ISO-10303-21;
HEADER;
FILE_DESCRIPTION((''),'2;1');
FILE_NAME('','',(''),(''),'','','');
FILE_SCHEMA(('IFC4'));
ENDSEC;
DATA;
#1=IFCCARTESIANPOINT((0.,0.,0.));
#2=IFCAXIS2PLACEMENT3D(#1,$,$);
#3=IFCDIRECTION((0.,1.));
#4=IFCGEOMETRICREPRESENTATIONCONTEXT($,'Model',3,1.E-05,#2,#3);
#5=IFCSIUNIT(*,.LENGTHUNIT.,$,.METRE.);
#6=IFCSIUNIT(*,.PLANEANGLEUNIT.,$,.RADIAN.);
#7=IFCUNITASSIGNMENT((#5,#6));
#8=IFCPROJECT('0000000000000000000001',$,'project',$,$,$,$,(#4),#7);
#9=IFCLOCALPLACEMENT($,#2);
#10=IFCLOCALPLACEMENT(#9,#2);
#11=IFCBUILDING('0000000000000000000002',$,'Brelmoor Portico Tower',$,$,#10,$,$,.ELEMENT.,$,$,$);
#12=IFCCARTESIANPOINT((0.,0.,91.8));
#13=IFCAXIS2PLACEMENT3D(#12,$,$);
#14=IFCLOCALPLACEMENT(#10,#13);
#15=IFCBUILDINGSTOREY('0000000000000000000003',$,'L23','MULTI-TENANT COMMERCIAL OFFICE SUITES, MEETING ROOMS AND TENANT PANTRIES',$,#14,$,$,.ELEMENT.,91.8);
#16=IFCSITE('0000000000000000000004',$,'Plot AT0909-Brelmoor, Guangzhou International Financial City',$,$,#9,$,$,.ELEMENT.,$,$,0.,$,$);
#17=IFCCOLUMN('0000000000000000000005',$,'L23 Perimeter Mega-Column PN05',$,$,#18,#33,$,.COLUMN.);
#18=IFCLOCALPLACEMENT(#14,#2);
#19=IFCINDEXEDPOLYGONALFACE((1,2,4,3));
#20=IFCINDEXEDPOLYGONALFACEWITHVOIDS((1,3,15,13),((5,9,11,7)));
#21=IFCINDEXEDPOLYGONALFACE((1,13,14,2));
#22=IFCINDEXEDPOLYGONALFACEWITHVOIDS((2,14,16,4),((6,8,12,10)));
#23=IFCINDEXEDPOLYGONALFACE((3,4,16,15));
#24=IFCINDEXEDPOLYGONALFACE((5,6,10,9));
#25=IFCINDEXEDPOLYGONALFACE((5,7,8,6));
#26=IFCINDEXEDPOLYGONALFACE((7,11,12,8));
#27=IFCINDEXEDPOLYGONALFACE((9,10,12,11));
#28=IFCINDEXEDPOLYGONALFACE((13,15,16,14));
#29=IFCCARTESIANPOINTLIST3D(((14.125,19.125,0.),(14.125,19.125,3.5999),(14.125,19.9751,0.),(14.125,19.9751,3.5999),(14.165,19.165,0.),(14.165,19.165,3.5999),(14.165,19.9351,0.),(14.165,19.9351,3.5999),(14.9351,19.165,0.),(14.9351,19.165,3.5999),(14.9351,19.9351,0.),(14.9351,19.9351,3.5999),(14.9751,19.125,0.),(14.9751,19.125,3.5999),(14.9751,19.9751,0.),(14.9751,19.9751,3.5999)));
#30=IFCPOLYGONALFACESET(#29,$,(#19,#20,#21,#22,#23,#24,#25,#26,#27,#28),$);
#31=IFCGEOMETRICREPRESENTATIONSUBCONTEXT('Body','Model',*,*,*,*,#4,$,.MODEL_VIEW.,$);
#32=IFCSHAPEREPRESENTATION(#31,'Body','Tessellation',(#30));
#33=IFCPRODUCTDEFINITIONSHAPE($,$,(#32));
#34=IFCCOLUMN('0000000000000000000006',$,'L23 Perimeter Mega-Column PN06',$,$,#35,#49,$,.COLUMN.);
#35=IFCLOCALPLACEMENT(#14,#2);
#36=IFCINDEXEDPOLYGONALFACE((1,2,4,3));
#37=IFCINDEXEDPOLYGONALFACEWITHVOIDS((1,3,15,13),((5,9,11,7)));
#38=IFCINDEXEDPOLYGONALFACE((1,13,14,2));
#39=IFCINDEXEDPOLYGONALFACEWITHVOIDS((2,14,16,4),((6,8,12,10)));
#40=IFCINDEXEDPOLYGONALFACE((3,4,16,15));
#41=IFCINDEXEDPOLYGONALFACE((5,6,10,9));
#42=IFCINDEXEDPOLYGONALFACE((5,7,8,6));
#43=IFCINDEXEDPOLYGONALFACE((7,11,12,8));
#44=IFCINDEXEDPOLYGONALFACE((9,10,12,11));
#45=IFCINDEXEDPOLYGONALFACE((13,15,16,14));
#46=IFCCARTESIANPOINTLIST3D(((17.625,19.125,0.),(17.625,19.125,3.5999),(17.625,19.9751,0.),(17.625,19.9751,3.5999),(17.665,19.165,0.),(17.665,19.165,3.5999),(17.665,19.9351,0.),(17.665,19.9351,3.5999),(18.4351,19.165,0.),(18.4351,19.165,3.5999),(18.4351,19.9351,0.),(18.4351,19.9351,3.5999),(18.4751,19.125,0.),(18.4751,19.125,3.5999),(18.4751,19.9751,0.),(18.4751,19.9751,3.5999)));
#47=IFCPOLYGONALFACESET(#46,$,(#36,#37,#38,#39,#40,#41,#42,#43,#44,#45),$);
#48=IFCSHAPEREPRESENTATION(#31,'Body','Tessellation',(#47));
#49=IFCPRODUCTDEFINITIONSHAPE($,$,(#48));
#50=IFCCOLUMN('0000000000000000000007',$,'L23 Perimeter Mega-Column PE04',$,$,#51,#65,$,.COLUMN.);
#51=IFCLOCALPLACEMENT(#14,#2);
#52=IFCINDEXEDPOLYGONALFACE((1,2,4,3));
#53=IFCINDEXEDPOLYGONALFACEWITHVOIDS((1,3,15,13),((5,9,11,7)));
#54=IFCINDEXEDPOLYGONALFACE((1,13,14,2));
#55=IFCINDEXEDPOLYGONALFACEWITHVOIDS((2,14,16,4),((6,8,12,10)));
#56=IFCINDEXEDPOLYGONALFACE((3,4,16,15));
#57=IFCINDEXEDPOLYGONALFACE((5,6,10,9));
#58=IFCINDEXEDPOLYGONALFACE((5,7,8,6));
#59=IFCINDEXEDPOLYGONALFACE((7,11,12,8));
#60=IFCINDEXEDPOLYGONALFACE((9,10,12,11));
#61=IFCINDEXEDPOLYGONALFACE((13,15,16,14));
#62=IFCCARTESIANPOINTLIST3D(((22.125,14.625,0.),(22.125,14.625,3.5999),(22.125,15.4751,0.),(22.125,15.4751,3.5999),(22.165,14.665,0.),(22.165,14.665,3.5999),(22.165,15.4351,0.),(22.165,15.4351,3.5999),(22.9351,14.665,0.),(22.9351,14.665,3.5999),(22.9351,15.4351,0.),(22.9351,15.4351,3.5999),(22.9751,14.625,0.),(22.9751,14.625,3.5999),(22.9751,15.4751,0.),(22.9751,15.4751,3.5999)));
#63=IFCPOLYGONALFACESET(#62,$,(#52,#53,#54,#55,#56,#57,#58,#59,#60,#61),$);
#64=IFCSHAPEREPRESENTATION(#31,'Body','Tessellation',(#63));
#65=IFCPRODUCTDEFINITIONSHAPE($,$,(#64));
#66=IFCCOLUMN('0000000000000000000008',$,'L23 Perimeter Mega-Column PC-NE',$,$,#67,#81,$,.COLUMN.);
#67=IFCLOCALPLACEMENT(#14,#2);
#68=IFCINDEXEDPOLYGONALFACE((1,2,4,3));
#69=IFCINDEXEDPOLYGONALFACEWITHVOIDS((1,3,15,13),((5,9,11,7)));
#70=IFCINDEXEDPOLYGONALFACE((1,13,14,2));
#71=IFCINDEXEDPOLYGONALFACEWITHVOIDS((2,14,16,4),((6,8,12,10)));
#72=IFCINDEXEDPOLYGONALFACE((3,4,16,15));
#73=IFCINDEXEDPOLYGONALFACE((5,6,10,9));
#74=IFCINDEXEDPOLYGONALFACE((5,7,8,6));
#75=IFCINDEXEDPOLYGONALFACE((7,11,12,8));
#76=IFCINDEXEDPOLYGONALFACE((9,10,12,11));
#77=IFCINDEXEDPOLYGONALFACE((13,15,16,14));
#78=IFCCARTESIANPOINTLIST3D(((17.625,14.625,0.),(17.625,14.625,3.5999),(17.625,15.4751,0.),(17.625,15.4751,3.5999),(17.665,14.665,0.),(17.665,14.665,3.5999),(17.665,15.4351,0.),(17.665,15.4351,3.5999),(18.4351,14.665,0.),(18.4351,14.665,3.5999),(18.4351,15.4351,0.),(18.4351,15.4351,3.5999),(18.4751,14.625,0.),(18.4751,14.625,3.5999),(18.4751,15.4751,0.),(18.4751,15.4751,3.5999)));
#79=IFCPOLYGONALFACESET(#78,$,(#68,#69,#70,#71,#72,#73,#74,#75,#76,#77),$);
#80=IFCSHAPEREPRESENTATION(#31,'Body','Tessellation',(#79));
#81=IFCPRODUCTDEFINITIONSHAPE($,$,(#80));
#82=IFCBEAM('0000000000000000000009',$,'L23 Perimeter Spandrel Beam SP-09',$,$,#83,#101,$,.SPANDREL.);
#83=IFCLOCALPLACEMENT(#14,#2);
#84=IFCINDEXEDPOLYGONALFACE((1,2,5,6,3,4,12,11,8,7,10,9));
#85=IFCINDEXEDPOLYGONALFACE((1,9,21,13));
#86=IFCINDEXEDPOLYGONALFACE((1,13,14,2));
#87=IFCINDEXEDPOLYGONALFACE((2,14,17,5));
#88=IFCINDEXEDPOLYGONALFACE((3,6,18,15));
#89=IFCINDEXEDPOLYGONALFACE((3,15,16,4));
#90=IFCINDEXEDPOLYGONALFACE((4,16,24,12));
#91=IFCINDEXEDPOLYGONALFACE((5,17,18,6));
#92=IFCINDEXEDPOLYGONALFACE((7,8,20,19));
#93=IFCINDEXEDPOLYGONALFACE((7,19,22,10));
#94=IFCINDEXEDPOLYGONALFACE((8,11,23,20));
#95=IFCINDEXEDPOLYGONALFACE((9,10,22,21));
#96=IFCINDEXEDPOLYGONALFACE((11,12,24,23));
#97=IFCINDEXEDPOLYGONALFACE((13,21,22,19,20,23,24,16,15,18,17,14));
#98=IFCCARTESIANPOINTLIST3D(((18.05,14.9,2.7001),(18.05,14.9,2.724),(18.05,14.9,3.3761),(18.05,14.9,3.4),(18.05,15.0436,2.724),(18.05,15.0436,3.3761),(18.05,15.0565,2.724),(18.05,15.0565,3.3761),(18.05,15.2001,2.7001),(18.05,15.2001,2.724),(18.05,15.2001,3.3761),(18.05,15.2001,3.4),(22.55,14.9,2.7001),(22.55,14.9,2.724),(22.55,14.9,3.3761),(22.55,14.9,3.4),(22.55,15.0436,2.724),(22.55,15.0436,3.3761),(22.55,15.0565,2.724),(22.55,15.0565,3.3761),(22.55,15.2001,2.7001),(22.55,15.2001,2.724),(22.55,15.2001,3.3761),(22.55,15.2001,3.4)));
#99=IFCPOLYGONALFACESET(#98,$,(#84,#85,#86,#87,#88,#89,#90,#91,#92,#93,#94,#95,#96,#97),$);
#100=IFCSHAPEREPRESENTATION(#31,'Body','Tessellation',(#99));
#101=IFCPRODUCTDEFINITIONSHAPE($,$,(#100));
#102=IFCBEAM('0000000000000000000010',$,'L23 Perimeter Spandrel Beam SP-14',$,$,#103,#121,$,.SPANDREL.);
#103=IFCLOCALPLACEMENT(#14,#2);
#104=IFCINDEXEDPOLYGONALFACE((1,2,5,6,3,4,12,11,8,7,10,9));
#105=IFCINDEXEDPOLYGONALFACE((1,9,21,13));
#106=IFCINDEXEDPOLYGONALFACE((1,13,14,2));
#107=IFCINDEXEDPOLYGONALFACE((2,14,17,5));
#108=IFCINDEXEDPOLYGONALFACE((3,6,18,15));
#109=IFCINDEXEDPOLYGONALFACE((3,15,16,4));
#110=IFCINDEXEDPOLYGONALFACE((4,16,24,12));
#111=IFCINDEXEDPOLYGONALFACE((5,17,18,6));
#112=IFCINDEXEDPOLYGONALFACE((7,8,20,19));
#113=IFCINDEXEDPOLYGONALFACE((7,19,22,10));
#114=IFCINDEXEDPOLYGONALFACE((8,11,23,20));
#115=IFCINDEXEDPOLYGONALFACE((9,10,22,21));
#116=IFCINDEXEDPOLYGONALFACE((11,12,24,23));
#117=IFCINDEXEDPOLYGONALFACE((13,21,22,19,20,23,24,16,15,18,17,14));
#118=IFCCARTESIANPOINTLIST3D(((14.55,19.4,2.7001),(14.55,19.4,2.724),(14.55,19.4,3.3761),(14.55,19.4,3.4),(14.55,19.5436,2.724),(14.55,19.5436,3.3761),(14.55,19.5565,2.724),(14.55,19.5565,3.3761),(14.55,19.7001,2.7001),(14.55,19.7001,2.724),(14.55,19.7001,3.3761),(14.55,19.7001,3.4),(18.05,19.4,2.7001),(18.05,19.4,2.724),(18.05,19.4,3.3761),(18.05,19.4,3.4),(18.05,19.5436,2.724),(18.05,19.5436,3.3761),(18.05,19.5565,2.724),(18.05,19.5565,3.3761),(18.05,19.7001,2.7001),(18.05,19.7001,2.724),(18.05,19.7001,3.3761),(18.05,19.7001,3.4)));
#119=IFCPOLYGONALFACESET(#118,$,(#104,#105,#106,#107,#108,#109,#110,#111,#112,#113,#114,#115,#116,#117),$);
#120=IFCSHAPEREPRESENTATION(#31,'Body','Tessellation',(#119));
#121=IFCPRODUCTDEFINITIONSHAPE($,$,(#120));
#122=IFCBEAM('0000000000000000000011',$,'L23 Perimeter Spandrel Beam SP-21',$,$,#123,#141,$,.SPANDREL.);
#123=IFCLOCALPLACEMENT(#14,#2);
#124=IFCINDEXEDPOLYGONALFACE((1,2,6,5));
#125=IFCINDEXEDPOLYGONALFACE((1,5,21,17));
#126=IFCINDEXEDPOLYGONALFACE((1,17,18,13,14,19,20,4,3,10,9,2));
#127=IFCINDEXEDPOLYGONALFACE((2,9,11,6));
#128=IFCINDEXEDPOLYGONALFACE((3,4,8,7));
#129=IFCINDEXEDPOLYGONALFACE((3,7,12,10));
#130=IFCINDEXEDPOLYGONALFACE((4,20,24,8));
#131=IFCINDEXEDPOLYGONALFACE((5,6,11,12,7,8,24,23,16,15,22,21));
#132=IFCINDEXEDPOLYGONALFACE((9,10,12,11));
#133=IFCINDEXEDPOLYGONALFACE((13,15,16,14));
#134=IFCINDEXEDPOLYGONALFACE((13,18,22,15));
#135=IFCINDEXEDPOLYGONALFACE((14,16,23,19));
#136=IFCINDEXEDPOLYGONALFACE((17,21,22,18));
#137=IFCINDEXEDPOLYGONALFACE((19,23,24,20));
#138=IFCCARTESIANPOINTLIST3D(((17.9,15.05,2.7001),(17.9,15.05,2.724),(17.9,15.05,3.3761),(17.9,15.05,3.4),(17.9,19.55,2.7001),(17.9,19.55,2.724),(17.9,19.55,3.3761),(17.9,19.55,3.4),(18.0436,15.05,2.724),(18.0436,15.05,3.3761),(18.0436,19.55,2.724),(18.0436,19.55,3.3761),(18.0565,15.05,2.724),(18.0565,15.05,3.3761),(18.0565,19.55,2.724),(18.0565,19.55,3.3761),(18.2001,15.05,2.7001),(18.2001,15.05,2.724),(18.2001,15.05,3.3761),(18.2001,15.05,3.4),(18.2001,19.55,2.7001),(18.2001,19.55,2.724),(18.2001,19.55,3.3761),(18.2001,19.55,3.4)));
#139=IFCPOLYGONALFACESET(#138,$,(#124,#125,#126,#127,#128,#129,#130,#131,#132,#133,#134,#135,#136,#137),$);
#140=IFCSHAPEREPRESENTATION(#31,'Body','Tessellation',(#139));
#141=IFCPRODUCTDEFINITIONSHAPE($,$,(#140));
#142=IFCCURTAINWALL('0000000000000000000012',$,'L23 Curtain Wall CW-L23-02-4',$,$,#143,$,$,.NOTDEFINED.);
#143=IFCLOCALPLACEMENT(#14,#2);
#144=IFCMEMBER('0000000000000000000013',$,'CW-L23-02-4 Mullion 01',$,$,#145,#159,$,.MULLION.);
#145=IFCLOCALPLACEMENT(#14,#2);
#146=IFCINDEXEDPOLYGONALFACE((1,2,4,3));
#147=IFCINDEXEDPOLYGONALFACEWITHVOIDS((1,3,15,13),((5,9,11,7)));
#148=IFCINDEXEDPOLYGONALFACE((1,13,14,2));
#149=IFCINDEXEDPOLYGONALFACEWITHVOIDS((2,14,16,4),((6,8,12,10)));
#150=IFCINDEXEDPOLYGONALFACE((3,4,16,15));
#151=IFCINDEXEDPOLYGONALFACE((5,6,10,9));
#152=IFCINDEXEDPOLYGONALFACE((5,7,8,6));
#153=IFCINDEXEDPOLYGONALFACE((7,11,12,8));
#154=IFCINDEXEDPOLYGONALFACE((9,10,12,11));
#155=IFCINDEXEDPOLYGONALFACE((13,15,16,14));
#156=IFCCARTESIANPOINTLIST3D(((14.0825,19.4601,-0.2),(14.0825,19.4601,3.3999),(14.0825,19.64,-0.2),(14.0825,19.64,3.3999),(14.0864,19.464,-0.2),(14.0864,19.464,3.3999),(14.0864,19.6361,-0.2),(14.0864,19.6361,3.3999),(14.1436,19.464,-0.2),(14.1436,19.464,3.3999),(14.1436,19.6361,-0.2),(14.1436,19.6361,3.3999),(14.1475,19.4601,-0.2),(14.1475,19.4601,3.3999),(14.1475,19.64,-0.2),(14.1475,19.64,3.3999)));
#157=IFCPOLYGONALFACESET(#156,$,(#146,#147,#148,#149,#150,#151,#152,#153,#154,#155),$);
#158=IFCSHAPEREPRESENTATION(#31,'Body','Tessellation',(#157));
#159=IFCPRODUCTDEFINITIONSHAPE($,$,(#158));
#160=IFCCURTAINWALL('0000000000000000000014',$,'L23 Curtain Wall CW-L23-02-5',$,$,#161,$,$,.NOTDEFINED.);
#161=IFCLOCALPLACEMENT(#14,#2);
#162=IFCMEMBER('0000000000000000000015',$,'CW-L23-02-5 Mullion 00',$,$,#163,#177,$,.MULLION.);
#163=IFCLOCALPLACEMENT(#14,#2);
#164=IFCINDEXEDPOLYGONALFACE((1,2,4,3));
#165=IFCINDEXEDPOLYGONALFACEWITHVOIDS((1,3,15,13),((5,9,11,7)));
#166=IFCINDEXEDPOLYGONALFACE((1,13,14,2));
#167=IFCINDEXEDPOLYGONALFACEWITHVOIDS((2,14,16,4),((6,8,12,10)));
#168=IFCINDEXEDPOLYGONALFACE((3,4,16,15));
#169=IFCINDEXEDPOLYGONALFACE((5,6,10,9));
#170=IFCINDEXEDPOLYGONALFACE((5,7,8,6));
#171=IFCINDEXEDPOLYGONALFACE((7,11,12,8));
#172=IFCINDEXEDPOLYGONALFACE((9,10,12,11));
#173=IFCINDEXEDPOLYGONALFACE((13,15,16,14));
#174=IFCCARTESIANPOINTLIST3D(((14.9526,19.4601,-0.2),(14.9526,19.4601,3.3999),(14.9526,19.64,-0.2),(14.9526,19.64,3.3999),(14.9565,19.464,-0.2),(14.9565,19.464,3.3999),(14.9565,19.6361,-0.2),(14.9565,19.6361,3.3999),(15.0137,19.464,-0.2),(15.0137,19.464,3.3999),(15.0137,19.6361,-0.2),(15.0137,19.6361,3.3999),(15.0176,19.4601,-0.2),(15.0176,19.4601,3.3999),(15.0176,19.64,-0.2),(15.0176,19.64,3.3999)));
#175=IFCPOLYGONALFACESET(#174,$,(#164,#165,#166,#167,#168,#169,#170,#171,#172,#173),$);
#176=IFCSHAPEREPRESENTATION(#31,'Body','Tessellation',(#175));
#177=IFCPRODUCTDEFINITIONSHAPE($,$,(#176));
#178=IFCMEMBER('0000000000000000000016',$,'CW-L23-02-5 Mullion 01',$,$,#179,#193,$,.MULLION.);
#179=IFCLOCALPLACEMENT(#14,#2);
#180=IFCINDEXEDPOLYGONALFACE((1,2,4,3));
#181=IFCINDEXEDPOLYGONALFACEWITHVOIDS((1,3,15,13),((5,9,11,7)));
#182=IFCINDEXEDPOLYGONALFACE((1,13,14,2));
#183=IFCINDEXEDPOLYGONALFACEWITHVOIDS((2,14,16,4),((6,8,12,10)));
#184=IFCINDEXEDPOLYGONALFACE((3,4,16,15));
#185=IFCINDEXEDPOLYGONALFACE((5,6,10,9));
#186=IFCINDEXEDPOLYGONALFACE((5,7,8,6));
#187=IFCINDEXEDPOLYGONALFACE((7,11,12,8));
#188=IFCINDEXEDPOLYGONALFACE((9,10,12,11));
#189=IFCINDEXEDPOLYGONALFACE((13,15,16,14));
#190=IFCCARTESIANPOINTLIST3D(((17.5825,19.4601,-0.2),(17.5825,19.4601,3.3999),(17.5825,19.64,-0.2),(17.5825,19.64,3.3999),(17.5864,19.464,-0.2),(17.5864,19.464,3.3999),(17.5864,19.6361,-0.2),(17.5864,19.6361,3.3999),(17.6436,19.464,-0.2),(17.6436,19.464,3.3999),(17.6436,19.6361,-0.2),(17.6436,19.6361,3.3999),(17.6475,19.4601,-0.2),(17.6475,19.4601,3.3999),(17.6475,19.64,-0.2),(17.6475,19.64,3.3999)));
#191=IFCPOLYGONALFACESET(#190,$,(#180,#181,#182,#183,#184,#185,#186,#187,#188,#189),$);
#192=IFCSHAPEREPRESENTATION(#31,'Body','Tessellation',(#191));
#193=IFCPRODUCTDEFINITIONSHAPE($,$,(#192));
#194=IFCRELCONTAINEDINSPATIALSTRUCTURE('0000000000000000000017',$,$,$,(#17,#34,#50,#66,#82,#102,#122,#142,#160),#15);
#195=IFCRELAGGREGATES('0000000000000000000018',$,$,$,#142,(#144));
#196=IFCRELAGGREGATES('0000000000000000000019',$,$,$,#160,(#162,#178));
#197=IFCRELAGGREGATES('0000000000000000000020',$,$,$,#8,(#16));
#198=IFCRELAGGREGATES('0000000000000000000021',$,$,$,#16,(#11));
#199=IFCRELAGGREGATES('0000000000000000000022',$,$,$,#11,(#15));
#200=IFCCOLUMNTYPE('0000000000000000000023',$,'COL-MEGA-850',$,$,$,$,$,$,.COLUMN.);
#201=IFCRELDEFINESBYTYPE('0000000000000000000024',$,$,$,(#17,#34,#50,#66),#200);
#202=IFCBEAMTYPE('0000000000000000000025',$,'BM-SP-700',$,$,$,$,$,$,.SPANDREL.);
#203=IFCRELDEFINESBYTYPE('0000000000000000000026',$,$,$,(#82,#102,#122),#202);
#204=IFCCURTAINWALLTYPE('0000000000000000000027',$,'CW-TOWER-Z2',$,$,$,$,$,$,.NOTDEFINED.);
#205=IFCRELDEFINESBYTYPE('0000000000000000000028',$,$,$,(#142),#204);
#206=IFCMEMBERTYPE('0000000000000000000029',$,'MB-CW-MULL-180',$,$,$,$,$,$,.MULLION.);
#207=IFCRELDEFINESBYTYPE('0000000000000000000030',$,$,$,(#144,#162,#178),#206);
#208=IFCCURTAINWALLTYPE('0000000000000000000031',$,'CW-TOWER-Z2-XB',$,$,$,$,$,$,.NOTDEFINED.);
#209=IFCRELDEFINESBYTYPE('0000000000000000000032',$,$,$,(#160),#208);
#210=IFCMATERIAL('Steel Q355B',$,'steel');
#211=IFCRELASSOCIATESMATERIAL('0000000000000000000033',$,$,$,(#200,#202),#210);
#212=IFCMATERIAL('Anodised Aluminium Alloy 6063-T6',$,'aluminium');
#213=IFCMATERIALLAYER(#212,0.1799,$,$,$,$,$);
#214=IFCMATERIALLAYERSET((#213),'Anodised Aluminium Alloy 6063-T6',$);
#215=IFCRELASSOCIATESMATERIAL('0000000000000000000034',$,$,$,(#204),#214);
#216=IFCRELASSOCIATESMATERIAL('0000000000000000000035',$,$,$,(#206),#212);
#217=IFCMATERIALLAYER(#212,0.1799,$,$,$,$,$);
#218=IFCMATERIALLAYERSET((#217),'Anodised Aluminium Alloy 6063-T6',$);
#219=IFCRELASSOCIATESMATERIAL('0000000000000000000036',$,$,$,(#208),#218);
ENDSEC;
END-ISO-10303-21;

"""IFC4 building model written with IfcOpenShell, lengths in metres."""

from ifc_helpers import new_model, si_unit, direction, frame, origin, origin_2d, place, context, subcontext, project, spatial, hollow_rectangle, i_section, extrude, material, layer, layer_set, material_profile, profile_set, type_object, element, aggregate, save


model = new_model("IFC4")

# Units and contexts
model_context = context("Model", 3, precision=1e-05, world=origin(), true_north=direction((0.0, 1.0)))
body_context = subcontext(model_context, "Body", "Model", "MODEL_VIEW")
ifc_project = project(units=[si_unit("LENGTHUNIT", "METRE"), si_unit("PLANEANGLEUNIT", "RADIAN")], contexts=[model_context])

# Site, building, storey
site_placement = place(None, origin())
site = spatial("IfcSite", under=ifc_project, at=site_placement, Name="Plot AT0909-Brelmoor, Guangzhou International Financial City", CompositionType="ELEMENT", RefElevation=0.0)
building_placement = place(site_placement, origin())
building = spatial("IfcBuilding", under=site, at=building_placement, Name="Brelmoor Portico Tower", CompositionType="ELEMENT")
storey_placement = place(building_placement, frame((0.0, 0.0, 91.8)))
storey = spatial("IfcBuildingStorey", under=building, at=storey_placement, Name="L23", Description="MULTI-TENANT COMMERCIAL OFFICE SUITES, MEETING ROOMS AND TENANT PANTRIES", CompositionType="ELEMENT", Elevation=91.8)

# Columns
ifc_material_1 = material(Name="Steel Q355B", Category="steel")
ifc_material_profile_1 = material_profile(ifc_material_1, hollow_rectangle(XDim=0.8501, YDim=0.8501, WallThickness=0.04, at=origin_2d()), Name="BOX 850x850x40")
ifc_profile_set_1 = profile_set([ifc_material_profile_1], Name="Steel Q355B")
column_type = type_object("IfcColumnType", Name="COL-MEGA-850", PredefinedType="COLUMN", material=ifc_profile_set_1)
for number, where, z_axis, x_axis, name in (
    (1, (14.55, 19.55, 0.0), (0.0, 0.0, 1.0), (1.0, 0.0, 0.0), "L23 Perimeter Mega-Column PN05"),
    (2, (18.05, 19.55, 0.0), (0.0, 0.0, 1.0), (1.0, 0.0, 0.0), "L23 Perimeter Mega-Column PN06"),
    (3, (22.55, 15.05, 0.0), (0.0, 0.0, 1.0), (0.0, 1.0, 0.0), "L23 Perimeter Mega-Column PE04"),
    (4, (18.05, 15.05, 0.0), (0.0, 0.0, 1.0), (1.0, 0.0, 0.0), "L23 Perimeter Mega-Column PC-NE"),
):
    element("IfcColumn", number, at=place(storey_placement, frame(where, z_axis=z_axis, x_axis=x_axis)), inside=storey, type_object=column_type, Name=name, PredefinedType="COLUMN", context=body_context, shape_type="SweptSolid", body=[
        extrude(hollow_rectangle(XDim=0.8501, YDim=0.8501, WallThickness=0.04, at=origin_2d()), origin(), (0.0, 0.0, 1.0), 3.5999),
    ])

# Beams
ifc_material_profile_2 = material_profile(ifc_material_1, i_section(OverallWidth=0.3, OverallDepth=0.7, WebThickness=0.0129, FlangeThickness=0.0239, at=origin_2d()), Name="HN 700x300x13x24")
ifc_profile_set_2 = profile_set([ifc_material_profile_2], Name="Steel Q355B")
beam_type = type_object("IfcBeamType", Name="BM-SP-700", PredefinedType="SPANDREL", material=ifc_profile_set_2)
beam_1_placement = place(storey_placement, frame((18.05, 15.05, 3.05), z_axis=(1.0, 0.0, 0.0), x_axis=(0.0, 1.0, 0.0)))
element("IfcBeam", 5, at=beam_1_placement, inside=storey, type_object=beam_type, Name="L23 Perimeter Spandrel Beam SP-09", PredefinedType="SPANDREL", context=body_context, shape_type="SweptSolid", body=[
    extrude(i_section(OverallWidth=0.3, OverallDepth=0.7, WebThickness=0.0129, FlangeThickness=0.0239, at=origin_2d()), origin(), (0.0, 0.0, 1.0), 4.5),
])
beam_2_placement = place(storey_placement, frame((14.55, 19.55, 3.05), z_axis=(1.0, 0.0, 0.0), x_axis=(0.0, 1.0, 0.0)))
element("IfcBeam", 6, at=beam_2_placement, inside=storey, type_object=beam_type, Name="L23 Perimeter Spandrel Beam SP-14", PredefinedType="SPANDREL", context=body_context, shape_type="SweptSolid", body=[
    extrude(i_section(OverallWidth=0.3, OverallDepth=0.7, WebThickness=0.0129, FlangeThickness=0.0239, at=origin_2d()), origin(), (0.0, 0.0, 1.0), 3.5),
])
beam_3_placement = place(storey_placement, frame((18.05, 15.05, 3.05), z_axis=(0.0, 1.0, 0.0), x_axis=(-1.0, 0.0, 0.0)))
element("IfcBeam", 7, at=beam_3_placement, inside=storey, type_object=beam_type, Name="L23 Perimeter Spandrel Beam SP-21", PredefinedType="SPANDREL", context=body_context, shape_type="SweptSolid", body=[
    extrude(i_section(OverallWidth=0.3, OverallDepth=0.7, WebThickness=0.0129, FlangeThickness=0.0239, at=origin_2d()), origin(), (0.0, 0.0, 1.0), 4.5),
])

# Curtain wall, member
ifc_material_2 = material(Name="Anodised Aluminium Alloy 6063-T6", Category="aluminium")
ifc_layer_1 = layer(ifc_material_2, 0.1799)
ifc_layer_set_1 = layer_set([ifc_layer_1], Name="Anodised Aluminium Alloy 6063-T6")
curtain_wall_type_1 = type_object("IfcCurtainWallType", Name="CW-TOWER-Z2", PredefinedType="NOTDEFINED", material=ifc_layer_set_1)
curtain_wall_1_placement = place(storey_placement, origin())
curtain_wall_1 = element("IfcCurtainWall", 8, at=curtain_wall_1_placement, inside=storey, type_object=curtain_wall_type_1, Name="L23 Curtain Wall CW-L23-02-4", PredefinedType="NOTDEFINED")
ifc_material_profile_3 = material_profile(ifc_material_2, hollow_rectangle(XDim=0.0649, YDim=0.1799, WallThickness=0.0039, at=origin_2d()), Name="ALU MULLION 65x180")
ifc_profile_set_3 = profile_set([ifc_material_profile_3], Name="Anodised Aluminium Alloy 6063-T6")
member_type_1 = type_object("IfcMemberType", Name="MB-CW-MULL-180", PredefinedType="MULLION", material=ifc_profile_set_3)
member_1_placement = place(storey_placement, frame((14.115, 19.55, -0.2), z_axis=(0.0, 0.0, 1.0), x_axis=(1.0, 0.0, 0.0)))
member_1 = element("IfcMember", 9, at=member_1_placement, type_object=member_type_1, Name="CW-L23-02-4 Mullion 01", PredefinedType="MULLION", context=body_context, shape_type="SweptSolid", body=[
    extrude(hollow_rectangle(XDim=0.0649, YDim=0.1799, WallThickness=0.0039, at=origin_2d()), origin(), (0.0, 0.0, 1.0), 3.5999),
])
aggregate(curtain_wall_1, [member_1])

# Curtain wall, members
ifc_layer_2 = layer(ifc_material_2, 0.1799)
ifc_layer_set_2 = layer_set([ifc_layer_2], Name="Anodised Aluminium Alloy 6063-T6")
curtain_wall_type_2 = type_object("IfcCurtainWallType", Name="CW-TOWER-Z2-XB", PredefinedType="NOTDEFINED", material=ifc_layer_set_2)
curtain_wall_2_placement = place(storey_placement, origin())
curtain_wall_2 = element("IfcCurtainWall", 10, at=curtain_wall_2_placement, inside=storey, type_object=curtain_wall_type_2, Name="L23 Curtain Wall CW-L23-02-5", PredefinedType="NOTDEFINED")
member_2_placement = place(storey_placement, frame((14.9851, 19.55, -0.2), z_axis=(0.0, 0.0, 1.0), x_axis=(1.0, 0.0, 0.0)))
member_2 = element("IfcMember", 11, at=member_2_placement, type_object=member_type_1, Name="CW-L23-02-5 Mullion 00", PredefinedType="MULLION", context=body_context, shape_type="SweptSolid", body=[
    extrude(hollow_rectangle(XDim=0.0649, YDim=0.1799, WallThickness=0.0039, at=origin_2d()), origin(), (0.0, 0.0, 1.0), 3.5999),
])
member_3_placement = place(storey_placement, frame((17.615, 19.55, -0.2), z_axis=(0.0, 0.0, 1.0), x_axis=(1.0, 0.0, 0.0)))
member_3 = element("IfcMember", 12, at=member_3_placement, type_object=member_type_1, Name="CW-L23-02-5 Mullion 01", PredefinedType="MULLION", context=body_context, shape_type="SweptSolid", body=[
    extrude(hollow_rectangle(XDim=0.0649, YDim=0.1799, WallThickness=0.0039, at=origin_2d()), origin(), (0.0, 0.0, 1.0), 3.5999),
])

aggregate(curtain_wall_2, [member_2, member_3])

save(model, "model.ifc")
